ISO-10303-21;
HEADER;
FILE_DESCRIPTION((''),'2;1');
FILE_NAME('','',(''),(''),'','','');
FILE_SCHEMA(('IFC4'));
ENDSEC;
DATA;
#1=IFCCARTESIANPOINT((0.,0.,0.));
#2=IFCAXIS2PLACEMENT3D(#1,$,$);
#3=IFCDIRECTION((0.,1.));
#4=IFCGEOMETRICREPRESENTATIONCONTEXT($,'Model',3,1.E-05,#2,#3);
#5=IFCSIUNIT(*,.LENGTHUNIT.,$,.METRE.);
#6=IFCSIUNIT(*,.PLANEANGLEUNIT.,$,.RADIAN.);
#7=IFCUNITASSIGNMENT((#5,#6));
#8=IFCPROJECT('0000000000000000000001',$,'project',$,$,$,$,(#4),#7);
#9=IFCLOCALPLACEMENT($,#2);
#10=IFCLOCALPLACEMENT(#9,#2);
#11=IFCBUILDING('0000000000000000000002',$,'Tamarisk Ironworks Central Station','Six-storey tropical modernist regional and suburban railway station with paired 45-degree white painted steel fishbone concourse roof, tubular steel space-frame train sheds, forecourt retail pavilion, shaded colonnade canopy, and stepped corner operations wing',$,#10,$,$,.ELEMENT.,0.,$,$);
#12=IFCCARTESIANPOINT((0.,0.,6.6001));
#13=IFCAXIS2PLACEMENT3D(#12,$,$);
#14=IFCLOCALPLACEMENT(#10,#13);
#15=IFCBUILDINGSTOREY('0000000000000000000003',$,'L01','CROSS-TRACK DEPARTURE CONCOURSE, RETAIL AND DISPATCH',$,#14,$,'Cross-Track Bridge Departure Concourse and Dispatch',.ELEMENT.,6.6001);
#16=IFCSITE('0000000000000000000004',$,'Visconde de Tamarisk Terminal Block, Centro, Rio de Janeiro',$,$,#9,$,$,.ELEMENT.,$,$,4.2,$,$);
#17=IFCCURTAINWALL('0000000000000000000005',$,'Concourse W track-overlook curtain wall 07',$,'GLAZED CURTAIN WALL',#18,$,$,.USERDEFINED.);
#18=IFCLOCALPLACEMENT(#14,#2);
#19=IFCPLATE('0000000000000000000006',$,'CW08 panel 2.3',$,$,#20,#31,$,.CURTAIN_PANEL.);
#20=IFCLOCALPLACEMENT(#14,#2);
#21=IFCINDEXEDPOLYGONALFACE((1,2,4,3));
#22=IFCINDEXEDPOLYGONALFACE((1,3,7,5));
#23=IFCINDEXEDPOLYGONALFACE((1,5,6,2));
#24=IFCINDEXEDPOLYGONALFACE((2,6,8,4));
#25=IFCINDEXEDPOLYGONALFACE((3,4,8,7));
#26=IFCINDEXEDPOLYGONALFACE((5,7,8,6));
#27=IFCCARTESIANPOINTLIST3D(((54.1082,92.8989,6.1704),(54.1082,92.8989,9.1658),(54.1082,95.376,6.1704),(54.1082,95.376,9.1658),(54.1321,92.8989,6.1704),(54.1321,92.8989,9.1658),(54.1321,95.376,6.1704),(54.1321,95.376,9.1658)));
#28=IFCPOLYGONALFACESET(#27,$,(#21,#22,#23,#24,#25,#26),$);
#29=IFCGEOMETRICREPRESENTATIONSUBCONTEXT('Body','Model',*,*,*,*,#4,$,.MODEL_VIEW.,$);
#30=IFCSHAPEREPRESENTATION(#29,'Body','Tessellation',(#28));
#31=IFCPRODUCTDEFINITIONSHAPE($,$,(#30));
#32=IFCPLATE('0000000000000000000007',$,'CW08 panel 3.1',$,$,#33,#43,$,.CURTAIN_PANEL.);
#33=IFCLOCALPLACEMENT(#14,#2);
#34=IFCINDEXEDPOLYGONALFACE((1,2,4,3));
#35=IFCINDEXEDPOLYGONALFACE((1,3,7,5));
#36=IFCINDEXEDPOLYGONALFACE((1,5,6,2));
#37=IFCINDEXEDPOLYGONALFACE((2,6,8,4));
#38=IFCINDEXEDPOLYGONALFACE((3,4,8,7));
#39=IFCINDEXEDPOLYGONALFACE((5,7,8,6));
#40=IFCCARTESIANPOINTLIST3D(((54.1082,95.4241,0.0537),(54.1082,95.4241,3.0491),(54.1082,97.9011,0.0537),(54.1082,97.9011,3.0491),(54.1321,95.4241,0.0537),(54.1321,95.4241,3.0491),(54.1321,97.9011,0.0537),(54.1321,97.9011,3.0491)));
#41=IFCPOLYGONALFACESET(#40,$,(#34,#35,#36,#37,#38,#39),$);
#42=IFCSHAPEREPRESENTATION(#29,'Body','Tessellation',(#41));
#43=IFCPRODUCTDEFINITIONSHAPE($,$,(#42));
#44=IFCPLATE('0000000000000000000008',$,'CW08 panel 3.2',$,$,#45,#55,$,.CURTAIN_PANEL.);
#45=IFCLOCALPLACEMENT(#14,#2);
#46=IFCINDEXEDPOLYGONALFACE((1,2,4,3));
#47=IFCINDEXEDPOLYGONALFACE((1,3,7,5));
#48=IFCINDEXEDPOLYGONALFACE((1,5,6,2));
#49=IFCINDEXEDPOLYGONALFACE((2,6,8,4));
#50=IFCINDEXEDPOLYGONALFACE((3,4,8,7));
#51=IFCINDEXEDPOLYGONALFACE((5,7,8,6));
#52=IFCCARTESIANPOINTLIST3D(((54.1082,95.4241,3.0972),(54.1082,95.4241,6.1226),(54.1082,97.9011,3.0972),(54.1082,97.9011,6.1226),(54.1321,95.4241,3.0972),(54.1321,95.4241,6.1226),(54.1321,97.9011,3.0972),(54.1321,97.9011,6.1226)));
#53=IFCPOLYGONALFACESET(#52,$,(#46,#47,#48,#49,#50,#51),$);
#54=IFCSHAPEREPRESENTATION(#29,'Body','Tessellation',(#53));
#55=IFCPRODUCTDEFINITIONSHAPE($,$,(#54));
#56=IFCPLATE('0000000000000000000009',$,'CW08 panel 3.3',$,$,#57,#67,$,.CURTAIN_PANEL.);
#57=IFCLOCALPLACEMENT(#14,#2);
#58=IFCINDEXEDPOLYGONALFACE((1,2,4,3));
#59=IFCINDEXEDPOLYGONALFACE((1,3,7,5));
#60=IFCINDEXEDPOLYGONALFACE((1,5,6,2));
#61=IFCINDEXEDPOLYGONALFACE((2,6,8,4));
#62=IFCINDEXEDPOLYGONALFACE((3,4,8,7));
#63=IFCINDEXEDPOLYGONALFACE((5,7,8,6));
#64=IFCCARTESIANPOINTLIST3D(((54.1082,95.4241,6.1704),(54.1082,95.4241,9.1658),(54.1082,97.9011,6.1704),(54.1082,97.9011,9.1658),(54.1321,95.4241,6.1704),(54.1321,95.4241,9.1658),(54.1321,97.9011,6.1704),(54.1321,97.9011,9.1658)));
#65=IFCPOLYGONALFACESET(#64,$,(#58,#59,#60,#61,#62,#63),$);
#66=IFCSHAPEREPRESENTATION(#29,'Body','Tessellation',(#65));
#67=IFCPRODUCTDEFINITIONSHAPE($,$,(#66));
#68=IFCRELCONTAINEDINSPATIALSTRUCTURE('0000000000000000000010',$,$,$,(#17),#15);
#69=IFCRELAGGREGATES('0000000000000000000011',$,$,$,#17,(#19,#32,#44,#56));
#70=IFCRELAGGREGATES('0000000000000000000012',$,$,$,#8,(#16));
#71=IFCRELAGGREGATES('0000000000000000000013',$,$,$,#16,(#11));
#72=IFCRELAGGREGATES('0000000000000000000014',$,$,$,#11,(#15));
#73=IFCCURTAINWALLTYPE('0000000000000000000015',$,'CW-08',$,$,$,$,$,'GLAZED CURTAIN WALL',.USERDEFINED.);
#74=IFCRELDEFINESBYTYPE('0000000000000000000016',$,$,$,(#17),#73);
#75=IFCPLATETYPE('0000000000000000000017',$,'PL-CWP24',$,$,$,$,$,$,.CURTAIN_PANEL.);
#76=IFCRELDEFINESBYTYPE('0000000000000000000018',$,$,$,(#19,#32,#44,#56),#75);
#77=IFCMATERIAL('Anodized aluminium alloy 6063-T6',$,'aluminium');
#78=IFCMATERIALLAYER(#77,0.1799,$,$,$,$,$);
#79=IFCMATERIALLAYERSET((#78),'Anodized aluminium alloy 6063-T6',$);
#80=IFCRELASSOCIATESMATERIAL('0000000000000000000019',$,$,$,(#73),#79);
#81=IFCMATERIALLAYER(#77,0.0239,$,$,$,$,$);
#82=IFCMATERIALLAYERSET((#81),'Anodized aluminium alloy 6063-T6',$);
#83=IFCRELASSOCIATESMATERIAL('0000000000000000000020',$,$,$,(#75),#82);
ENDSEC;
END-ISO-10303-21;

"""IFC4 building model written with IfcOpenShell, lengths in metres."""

from ifc_helpers import new_model, si_unit, direction, frame, origin, origin_2d, place, context, subcontext, project, spatial, rectangle, extrude, material, layer, layer_set, type_object, element, aggregate, save


model = new_model("IFC4")

# Units and contexts
model_context = context("Model", 3, precision=1e-05, world=origin(), true_north=direction((0.0, 1.0)))
body_context = subcontext(model_context, "Body", "Model", "MODEL_VIEW")
ifc_project = project(units=[si_unit("LENGTHUNIT", "METRE"), si_unit("PLANEANGLEUNIT", "RADIAN")], contexts=[model_context])

# Site, building, storey
site_placement = place(None, origin())
site = spatial("IfcSite", under=ifc_project, at=site_placement, Name="Visconde de Tamarisk Terminal Block, Centro, Rio de Janeiro", CompositionType="ELEMENT", RefElevation=4.2)
building_placement = place(site_placement, origin())
building = spatial("IfcBuilding", under=site, at=building_placement, Name="Tamarisk Ironworks Central Station", Description="Six-storey tropical modernist regional and suburban railway station with paired 45-degree white painted steel fishbone concourse roof, tubular steel space-frame train sheds, forecourt retail pavilion, shaded colonnade canopy, and stepped corner operations wing", CompositionType="ELEMENT", ElevationOfRefHeight=0.0)
storey_placement = place(building_placement, frame((0.0, 0.0, 6.6001)))
storey = spatial("IfcBuildingStorey", under=building, at=storey_placement, Name="L01", Description="CROSS-TRACK DEPARTURE CONCOURSE, RETAIL AND DISPATCH", LongName="Cross-Track Bridge Departure Concourse and Dispatch", CompositionType="ELEMENT", Elevation=6.6001)

# Curtain wall, plates
ifc_material_1 = material(Name="Anodized aluminium alloy 6063-T6", Category="aluminium")
ifc_layer_1 = layer(ifc_material_1, 0.1799)
ifc_layer_set_1 = layer_set([ifc_layer_1], Name="Anodized aluminium alloy 6063-T6")
curtain_wall_type = type_object("IfcCurtainWallType", Name="CW-08", ElementType="GLAZED CURTAIN WALL", PredefinedType="USERDEFINED", material=ifc_layer_set_1)
curtain_wall_placement = place(storey_placement, origin())
curtain_wall = element("IfcCurtainWall", 1, at=curtain_wall_placement, inside=storey, type_object=curtain_wall_type, Name="Concourse W track-overlook curtain wall 07", ObjectType="GLAZED CURTAIN WALL", PredefinedType="USERDEFINED")
ifc_layer_2 = layer(ifc_material_1, 0.0239)
ifc_layer_set_2 = layer_set([ifc_layer_2], Name="Anodized aluminium alloy 6063-T6")
plate_type = type_object("IfcPlateType", Name="PL-CWP24", PredefinedType="CURTAIN_PANEL", material=ifc_layer_set_2)
plate_1_placement = place(storey_placement, frame((54.1201, 94.1375, 6.1704), z_axis=(0.0, 0.0, 1.0), x_axis=(0.0, 1.0, 0.0)))
plate_1 = element("IfcPlate", 2, at=plate_1_placement, type_object=plate_type, Name="CW08 panel 2.3", PredefinedType="CURTAIN_PANEL", context=body_context, shape_type="SweptSolid", body=[
    extrude(rectangle(XDim=2.4771, YDim=0.0239, at=origin_2d()), origin(), (0.0, 0.0, 1.0), 2.9954),
])
plate_2_placement = place(storey_placement, frame((54.1201, 96.6626, 0.0537), z_axis=(0.0, 0.0, 1.0), x_axis=(0.0, 1.0, 0.0)))
plate_2 = element("IfcPlate", 3, at=plate_2_placement, type_object=plate_type, Name="CW08 panel 3.1", PredefinedType="CURTAIN_PANEL", context=body_context, shape_type="SweptSolid", body=[
    extrude(rectangle(XDim=2.4771, YDim=0.0239, at=origin_2d()), origin(), (0.0, 0.0, 1.0), 2.9954),
])
plate_3_placement = place(storey_placement, frame((54.1201, 96.6626, 3.0972), z_axis=(0.0, 0.0, 1.0), x_axis=(0.0, 1.0, 0.0)))
plate_3 = element("IfcPlate", 4, at=plate_3_placement, type_object=plate_type, Name="CW08 panel 3.2", PredefinedType="CURTAIN_PANEL", context=body_context, shape_type="SweptSolid", body=[
    extrude(rectangle(XDim=2.4771, YDim=0.0239, at=origin_2d()), origin(), (0.0, 0.0, 1.0), 3.0254),
])
plate_4_placement = place(storey_placement, frame((54.1201, 96.6626, 6.1704), z_axis=(0.0, 0.0, 1.0), x_axis=(0.0, 1.0, 0.0)))
plate_4 = element("IfcPlate", 5, at=plate_4_placement, type_object=plate_type, Name="CW08 panel 3.3", PredefinedType="CURTAIN_PANEL", context=body_context, shape_type="SweptSolid", body=[
    extrude(rectangle(XDim=2.4771, YDim=0.0239, at=origin_2d()), origin(), (0.0, 0.0, 1.0), 2.9954),
])
aggregate(curtain_wall, [plate_1, plate_2, plate_3, plate_4])

save(model, "model.ifc")
